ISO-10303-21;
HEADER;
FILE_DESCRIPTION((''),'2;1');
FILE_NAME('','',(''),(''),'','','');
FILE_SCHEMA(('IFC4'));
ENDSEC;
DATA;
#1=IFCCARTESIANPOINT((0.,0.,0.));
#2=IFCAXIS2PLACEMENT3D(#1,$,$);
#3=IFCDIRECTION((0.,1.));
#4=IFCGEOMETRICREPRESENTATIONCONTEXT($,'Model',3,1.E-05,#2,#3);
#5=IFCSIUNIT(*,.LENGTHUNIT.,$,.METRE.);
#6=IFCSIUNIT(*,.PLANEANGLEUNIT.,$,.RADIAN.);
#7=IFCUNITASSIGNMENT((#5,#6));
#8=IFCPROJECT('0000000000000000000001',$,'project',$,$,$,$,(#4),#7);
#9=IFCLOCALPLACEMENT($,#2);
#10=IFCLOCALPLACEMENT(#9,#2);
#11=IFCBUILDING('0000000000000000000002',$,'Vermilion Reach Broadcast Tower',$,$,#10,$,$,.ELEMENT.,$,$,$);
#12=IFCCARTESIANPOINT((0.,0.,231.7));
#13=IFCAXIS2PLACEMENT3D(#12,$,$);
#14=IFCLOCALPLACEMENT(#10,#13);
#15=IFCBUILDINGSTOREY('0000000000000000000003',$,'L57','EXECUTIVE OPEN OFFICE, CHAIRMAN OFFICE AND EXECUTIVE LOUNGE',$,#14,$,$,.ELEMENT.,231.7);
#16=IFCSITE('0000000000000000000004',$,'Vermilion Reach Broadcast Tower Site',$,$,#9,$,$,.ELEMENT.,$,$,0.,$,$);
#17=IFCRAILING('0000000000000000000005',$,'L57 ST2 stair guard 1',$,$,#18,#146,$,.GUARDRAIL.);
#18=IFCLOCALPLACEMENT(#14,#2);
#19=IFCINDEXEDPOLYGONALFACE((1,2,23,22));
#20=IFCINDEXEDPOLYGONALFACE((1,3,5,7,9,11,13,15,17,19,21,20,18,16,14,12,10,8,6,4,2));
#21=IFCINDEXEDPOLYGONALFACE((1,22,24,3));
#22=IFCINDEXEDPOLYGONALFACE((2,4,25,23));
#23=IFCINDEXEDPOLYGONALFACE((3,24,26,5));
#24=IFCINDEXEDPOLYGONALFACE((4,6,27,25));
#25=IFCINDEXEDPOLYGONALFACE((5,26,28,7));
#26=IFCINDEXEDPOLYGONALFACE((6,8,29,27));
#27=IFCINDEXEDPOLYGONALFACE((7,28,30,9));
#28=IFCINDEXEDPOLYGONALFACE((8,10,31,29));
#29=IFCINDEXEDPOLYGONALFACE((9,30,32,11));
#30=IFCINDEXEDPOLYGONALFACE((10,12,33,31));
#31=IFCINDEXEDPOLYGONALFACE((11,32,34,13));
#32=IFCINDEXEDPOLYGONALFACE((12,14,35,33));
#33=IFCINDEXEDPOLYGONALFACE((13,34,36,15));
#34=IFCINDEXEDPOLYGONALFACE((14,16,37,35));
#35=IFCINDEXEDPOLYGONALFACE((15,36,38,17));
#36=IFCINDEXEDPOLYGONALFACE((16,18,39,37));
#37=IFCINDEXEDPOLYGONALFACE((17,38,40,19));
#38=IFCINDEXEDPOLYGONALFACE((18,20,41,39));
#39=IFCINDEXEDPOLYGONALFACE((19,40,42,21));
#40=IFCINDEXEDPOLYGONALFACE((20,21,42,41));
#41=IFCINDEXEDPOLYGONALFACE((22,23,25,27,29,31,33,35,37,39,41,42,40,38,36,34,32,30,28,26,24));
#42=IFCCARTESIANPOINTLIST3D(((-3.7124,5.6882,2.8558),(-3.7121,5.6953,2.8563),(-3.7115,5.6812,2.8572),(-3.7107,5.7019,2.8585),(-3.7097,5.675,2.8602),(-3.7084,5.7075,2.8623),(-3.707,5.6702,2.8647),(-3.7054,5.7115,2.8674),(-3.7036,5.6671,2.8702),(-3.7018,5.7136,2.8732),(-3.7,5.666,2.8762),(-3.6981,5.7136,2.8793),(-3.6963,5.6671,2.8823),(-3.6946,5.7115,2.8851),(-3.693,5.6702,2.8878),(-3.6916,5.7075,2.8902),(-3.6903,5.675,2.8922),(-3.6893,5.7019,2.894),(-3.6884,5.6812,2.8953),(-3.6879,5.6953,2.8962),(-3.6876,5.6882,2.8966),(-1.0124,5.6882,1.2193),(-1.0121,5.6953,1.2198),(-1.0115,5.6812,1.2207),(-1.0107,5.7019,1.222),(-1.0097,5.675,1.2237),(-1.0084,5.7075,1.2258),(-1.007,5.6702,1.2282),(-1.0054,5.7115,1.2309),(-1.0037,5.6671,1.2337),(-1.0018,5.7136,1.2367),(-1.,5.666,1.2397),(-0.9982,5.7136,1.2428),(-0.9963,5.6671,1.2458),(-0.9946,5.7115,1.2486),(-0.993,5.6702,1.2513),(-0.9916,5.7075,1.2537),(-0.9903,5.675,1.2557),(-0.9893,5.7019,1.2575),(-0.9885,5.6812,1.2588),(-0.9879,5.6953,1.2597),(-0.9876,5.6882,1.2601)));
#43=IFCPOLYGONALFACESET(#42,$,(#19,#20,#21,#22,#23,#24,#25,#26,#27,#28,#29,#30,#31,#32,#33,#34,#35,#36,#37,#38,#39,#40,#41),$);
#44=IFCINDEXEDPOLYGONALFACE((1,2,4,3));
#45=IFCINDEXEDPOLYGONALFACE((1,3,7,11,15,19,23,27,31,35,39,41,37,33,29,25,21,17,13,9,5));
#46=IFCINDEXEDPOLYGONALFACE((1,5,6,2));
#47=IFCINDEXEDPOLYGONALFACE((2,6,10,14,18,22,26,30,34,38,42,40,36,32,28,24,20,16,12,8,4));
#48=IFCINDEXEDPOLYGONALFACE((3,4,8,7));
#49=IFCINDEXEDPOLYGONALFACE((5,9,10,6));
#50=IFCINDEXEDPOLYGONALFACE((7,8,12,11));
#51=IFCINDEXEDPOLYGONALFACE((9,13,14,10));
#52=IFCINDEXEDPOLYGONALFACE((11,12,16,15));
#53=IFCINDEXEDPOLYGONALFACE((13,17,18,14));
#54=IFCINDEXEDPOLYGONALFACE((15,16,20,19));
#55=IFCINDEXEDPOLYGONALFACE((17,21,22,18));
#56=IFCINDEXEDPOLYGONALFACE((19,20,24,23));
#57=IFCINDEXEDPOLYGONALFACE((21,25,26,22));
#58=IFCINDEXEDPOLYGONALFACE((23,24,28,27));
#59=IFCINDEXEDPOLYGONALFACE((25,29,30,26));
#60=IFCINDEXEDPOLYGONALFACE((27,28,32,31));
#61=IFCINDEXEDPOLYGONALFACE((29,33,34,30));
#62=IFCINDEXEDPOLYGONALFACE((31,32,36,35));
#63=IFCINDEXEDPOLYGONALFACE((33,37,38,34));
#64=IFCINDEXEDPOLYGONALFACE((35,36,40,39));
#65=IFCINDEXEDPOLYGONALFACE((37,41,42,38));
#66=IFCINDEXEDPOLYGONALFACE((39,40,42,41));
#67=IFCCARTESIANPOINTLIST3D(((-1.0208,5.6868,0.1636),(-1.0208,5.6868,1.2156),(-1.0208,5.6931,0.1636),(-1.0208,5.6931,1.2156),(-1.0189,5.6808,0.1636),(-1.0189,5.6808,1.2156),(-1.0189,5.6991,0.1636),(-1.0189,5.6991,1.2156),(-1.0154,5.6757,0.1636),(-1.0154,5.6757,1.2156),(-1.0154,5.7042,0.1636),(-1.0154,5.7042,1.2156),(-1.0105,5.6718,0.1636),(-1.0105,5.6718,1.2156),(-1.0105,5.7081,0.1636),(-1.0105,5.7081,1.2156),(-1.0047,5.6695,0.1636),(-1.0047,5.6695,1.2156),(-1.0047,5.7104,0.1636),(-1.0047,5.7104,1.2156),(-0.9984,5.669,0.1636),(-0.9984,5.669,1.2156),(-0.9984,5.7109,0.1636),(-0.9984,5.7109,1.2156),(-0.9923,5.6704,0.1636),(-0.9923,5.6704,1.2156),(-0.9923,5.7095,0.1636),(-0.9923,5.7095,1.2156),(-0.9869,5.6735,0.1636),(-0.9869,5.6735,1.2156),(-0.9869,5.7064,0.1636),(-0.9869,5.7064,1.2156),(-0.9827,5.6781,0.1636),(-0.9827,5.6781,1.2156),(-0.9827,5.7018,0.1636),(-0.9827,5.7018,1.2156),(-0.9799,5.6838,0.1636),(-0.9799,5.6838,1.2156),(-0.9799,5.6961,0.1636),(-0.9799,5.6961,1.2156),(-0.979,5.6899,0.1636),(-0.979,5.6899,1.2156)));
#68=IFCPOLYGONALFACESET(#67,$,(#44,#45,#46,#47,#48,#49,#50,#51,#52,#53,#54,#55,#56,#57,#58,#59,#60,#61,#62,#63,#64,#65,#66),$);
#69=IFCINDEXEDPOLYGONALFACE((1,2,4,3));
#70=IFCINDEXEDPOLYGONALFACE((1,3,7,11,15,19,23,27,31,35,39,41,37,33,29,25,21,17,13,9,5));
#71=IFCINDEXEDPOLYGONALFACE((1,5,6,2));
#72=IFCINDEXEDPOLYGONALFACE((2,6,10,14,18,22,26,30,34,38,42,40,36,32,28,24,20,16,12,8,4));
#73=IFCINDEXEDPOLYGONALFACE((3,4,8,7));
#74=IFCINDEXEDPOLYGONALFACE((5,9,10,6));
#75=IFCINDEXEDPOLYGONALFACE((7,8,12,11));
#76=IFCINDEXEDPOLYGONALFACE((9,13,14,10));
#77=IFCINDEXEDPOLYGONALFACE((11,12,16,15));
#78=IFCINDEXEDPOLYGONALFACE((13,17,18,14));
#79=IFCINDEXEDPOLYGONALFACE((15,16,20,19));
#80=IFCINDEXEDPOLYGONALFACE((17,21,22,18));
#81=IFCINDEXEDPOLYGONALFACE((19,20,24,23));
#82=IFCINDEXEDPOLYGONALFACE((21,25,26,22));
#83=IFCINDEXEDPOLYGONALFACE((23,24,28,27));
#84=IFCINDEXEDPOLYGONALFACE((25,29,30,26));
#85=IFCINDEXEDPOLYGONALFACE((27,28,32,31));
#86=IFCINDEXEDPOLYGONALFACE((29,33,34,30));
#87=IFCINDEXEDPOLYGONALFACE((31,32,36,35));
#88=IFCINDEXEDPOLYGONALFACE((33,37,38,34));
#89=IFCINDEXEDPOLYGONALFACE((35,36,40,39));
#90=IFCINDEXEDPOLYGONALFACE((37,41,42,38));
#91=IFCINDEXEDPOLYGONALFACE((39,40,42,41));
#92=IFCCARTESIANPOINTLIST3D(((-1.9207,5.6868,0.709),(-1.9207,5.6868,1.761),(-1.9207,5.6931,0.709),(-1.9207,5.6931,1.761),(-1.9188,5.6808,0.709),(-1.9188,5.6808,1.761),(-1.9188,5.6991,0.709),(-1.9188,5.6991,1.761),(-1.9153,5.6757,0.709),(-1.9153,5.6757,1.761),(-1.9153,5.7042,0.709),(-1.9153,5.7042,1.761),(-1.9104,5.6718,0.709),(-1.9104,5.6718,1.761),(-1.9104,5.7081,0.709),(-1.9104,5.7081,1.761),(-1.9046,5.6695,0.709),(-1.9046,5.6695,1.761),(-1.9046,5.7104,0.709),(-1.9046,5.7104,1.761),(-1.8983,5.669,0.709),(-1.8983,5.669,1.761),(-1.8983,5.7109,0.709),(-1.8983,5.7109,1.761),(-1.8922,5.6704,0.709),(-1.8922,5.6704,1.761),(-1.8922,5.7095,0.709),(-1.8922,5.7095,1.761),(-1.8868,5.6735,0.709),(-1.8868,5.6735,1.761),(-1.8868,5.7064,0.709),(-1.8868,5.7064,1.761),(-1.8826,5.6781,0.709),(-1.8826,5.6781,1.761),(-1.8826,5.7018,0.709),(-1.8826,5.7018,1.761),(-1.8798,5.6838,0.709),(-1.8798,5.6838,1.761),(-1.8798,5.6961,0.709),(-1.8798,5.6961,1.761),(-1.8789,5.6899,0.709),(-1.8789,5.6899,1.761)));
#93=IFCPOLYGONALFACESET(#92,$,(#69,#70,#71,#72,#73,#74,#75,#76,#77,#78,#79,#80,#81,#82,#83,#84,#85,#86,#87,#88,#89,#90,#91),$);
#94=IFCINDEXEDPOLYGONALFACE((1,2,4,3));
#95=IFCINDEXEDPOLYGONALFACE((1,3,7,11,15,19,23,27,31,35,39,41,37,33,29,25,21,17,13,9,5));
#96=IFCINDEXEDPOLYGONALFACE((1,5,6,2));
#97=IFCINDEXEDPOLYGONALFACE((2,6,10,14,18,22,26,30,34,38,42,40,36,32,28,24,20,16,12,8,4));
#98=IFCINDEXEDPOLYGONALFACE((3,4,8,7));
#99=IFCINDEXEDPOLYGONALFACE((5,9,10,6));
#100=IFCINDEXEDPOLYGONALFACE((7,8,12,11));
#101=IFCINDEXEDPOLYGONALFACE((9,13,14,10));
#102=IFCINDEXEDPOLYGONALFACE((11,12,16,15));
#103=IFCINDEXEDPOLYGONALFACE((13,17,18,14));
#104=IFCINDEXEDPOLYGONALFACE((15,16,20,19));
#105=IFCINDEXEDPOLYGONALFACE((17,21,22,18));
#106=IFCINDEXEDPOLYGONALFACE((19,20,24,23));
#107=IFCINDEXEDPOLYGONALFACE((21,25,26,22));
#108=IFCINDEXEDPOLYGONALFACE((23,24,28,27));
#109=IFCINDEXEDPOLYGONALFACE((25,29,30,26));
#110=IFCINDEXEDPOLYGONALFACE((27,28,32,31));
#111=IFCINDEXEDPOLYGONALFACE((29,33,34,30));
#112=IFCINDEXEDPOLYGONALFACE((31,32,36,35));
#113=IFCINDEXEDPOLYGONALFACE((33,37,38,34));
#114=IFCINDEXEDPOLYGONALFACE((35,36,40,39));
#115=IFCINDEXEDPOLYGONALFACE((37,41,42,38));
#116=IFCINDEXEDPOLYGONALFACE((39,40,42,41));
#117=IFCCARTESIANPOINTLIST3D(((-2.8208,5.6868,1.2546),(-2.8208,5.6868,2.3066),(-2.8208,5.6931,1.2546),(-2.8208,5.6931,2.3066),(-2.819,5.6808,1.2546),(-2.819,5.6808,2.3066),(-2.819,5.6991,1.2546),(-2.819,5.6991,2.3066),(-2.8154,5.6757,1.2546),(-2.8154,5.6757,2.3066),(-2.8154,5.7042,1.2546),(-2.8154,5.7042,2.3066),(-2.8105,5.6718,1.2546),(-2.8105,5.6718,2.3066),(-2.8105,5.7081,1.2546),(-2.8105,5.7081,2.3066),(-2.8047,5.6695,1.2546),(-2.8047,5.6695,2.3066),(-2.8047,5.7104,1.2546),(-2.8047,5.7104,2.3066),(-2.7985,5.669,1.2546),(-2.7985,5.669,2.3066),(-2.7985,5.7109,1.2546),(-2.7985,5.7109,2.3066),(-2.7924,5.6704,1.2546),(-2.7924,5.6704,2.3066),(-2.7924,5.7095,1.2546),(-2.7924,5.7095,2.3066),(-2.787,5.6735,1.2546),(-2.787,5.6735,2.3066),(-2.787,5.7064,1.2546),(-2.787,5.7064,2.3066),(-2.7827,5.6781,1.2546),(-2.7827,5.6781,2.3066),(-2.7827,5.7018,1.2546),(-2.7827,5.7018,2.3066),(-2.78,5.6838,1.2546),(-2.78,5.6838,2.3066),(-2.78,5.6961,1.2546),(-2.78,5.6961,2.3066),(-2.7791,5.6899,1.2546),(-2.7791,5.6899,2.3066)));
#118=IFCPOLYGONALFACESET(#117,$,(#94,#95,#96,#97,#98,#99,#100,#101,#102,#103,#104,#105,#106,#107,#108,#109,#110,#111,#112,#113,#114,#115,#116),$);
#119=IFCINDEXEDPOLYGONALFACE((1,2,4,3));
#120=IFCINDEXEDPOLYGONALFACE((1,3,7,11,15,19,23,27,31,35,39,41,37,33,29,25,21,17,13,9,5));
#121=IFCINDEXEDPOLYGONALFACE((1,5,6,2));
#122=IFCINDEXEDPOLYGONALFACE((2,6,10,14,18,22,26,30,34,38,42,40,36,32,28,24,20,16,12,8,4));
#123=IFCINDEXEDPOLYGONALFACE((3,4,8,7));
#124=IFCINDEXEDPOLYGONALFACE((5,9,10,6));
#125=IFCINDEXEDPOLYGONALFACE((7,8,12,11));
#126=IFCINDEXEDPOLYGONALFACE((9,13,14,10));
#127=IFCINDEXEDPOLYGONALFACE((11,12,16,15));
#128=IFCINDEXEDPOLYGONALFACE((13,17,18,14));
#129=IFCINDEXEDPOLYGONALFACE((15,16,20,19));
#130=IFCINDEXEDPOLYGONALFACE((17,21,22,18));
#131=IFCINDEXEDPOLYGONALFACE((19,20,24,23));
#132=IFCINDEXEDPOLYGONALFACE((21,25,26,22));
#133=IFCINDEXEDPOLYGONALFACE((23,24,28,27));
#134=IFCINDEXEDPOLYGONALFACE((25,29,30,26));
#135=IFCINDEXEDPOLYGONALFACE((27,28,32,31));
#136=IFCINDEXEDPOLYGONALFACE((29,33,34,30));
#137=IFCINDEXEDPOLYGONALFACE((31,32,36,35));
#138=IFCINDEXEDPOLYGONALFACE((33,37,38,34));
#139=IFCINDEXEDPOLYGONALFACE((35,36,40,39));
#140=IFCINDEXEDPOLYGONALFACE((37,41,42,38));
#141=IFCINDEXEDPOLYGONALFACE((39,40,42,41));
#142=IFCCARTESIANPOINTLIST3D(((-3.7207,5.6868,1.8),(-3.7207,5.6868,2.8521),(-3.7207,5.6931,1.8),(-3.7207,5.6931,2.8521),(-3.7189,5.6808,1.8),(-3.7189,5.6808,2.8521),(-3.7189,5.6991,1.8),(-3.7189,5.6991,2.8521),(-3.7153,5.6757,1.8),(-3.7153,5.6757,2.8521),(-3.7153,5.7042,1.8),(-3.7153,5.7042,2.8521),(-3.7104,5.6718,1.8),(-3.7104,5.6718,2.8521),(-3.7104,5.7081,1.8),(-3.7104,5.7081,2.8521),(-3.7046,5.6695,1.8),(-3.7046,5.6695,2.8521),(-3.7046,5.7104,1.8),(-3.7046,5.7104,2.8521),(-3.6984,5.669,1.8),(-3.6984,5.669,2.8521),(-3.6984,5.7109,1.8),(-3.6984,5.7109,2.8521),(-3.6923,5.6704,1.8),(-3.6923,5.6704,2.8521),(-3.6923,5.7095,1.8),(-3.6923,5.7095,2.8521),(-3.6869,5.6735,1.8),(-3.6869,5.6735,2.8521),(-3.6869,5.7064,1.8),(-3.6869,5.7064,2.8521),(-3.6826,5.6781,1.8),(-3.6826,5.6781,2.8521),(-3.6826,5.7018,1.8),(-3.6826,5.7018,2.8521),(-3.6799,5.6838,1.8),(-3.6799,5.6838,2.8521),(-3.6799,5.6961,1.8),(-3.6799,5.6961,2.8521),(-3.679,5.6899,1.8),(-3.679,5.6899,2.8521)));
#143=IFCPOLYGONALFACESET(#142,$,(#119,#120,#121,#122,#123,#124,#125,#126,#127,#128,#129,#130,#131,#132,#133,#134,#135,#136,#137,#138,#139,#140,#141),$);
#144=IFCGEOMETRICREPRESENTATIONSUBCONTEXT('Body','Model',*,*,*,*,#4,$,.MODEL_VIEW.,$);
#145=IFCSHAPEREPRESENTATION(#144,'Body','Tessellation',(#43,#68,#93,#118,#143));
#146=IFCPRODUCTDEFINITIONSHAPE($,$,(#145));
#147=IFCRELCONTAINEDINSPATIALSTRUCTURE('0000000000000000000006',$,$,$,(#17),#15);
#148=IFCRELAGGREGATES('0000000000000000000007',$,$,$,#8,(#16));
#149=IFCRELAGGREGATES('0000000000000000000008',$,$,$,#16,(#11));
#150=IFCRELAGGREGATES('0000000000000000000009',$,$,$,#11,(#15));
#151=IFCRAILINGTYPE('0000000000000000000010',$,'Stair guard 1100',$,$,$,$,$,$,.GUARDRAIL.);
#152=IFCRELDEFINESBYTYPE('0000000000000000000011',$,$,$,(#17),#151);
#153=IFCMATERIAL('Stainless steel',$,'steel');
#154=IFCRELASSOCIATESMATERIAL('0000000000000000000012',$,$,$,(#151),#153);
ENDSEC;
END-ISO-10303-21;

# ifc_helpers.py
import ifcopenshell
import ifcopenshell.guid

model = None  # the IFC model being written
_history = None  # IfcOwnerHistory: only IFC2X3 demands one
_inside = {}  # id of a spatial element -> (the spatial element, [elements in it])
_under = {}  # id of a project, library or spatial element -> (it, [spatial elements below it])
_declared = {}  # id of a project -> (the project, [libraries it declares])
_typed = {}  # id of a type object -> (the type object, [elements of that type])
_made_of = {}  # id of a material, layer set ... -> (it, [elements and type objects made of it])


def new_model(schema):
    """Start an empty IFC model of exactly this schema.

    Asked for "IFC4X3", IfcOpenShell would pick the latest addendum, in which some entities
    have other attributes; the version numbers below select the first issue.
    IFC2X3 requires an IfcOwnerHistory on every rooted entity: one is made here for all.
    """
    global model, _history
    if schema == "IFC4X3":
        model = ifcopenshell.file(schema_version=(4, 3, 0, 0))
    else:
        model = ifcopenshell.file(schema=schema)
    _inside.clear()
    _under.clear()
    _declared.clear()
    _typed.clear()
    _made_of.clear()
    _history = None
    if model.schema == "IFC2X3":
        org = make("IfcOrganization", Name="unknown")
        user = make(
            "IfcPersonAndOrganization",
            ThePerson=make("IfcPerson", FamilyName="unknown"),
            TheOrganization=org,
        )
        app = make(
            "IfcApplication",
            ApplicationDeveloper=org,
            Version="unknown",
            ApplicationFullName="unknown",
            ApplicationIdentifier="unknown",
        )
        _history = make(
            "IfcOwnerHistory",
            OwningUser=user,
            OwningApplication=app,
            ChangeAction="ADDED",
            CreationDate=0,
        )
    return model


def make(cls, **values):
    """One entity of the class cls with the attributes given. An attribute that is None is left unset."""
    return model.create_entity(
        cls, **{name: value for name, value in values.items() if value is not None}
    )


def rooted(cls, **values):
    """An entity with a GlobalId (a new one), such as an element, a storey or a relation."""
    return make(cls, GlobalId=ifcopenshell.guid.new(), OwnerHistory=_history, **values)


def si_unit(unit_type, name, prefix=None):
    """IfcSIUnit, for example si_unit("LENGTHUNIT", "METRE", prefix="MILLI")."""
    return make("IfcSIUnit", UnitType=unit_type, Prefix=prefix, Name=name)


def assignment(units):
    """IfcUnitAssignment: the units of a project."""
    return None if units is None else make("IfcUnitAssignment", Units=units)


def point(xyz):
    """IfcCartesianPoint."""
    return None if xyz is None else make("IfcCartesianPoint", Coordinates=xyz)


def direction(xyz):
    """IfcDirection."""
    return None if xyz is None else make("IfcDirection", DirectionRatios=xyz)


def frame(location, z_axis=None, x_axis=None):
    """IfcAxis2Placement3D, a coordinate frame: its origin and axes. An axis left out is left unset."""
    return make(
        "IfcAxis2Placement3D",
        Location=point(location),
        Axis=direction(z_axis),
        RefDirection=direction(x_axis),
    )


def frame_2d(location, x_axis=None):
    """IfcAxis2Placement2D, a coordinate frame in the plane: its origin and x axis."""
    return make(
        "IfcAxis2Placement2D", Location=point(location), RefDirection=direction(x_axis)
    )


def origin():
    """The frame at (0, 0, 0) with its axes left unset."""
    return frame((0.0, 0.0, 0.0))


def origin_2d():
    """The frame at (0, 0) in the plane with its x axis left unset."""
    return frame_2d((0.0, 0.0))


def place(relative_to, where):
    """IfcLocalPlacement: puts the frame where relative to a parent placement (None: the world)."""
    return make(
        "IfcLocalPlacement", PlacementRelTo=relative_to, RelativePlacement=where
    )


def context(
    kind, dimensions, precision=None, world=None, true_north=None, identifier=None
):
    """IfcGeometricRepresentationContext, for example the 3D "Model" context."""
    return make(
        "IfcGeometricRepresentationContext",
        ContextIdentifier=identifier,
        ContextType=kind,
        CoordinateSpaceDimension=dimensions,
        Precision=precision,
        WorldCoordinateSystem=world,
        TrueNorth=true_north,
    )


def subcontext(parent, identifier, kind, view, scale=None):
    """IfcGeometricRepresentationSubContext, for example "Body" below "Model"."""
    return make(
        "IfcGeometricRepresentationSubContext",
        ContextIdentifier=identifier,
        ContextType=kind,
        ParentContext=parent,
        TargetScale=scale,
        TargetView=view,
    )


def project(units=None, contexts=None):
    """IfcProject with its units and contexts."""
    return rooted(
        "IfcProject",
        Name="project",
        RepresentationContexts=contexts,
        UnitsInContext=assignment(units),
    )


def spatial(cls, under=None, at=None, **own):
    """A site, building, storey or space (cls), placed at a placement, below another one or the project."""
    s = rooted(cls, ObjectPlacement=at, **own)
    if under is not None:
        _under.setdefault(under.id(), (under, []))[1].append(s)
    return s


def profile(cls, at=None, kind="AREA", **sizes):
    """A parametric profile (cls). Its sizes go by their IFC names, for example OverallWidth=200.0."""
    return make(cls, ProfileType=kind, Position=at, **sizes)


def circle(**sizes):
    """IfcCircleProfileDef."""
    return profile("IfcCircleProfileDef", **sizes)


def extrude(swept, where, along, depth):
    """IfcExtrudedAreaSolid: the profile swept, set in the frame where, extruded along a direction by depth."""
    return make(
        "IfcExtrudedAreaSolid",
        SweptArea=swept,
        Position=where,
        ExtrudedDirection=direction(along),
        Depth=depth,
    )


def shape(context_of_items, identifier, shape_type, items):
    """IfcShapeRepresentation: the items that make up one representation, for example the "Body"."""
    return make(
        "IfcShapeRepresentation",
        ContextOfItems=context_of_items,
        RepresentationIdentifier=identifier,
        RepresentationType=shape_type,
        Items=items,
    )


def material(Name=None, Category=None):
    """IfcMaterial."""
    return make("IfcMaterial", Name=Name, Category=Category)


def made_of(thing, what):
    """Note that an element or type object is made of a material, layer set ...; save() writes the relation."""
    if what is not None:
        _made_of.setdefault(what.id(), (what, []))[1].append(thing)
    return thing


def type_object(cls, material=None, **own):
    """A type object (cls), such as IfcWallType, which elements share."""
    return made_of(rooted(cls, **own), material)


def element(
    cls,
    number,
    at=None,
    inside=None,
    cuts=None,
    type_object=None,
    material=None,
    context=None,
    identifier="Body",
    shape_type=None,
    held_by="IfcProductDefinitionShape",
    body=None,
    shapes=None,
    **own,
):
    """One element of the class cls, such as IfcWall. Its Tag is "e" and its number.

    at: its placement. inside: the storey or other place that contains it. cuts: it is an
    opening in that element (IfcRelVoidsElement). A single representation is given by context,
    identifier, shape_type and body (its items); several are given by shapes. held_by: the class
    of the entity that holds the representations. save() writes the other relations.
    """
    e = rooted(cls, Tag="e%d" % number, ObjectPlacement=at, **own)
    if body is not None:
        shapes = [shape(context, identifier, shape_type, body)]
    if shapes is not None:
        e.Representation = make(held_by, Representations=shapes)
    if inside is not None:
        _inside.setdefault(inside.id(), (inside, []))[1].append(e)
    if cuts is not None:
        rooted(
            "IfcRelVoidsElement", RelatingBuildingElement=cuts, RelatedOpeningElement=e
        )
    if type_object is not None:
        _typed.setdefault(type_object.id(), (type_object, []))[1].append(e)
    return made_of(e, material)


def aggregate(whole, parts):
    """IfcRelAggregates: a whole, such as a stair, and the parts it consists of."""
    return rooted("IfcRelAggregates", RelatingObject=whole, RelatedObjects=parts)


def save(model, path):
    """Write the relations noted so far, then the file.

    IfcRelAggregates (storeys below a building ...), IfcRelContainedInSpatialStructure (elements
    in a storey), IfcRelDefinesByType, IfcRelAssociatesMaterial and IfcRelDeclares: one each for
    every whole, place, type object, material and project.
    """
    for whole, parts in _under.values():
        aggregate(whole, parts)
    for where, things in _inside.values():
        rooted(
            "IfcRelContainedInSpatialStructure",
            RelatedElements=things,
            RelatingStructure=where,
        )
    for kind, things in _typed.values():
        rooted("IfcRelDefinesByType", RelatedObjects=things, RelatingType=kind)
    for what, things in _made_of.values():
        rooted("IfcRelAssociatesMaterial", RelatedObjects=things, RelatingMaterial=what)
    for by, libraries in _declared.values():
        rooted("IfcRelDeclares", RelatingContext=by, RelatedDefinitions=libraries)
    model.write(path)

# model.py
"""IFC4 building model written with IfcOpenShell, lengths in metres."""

from ifc_helpers import new_model, si_unit, direction, frame, origin, origin_2d, place, context, subcontext, project, spatial, circle, extrude, material, type_object, element, save


model = new_model("IFC4")

# Units and contexts
model_context = context("Model", 3, precision=1e-05, world=origin(), true_north=direction((0.0, 1.0)))
body_context = subcontext(model_context, "Body", "Model", "MODEL_VIEW")
ifc_project = project(units=[si_unit("LENGTHUNIT", "METRE"), si_unit("PLANEANGLEUNIT", "RADIAN")], contexts=[model_context])

# Site, building, storey
site_placement = place(None, origin())
site = spatial("IfcSite", under=ifc_project, at=site_placement, Name="Vermilion Reach Broadcast Tower Site", CompositionType="ELEMENT", RefElevation=0.0)
building_placement = place(site_placement, origin())
building = spatial("IfcBuilding", under=site, at=building_placement, Name="Vermilion Reach Broadcast Tower", CompositionType="ELEMENT")
storey_placement = place(building_placement, frame((0.0, 0.0, 231.7)))
storey = spatial("IfcBuildingStorey", under=building, at=storey_placement, Name="L57", Description="EXECUTIVE OPEN OFFICE, CHAIRMAN OFFICE AND EXECUTIVE LOUNGE", CompositionType="ELEMENT", Elevation=231.7)

# Railing
ifc_material_1 = material(Name="Stainless steel", Category="steel")
railing_type_1 = type_object("IfcRailingType", Name="Stair guard 1100", PredefinedType="GUARDRAIL", material=ifc_material_1)
railing_1_placement = place(storey_placement, frame((-1.0, 5.6899, 0.1636)))
element("IfcRailing", 1, at=railing_1_placement, inside=storey, type_object=railing_type_1, Name="L57 ST2 stair guard 1", PredefinedType="GUARDRAIL", context=body_context, shape_type="SweptSolid", body=[
    extrude(circle(Radius=0.0239, at=origin_2d()), frame((0.0, 0.0, 1.0762), z_axis=(-0.855178, 0.0, 0.518334), x_axis=(0.0, -1.0, 0.0)), (0.0, 0.0, 1.0), 3.1572),
    extrude(circle(Radius=0.021, at=origin_2d()), origin(), (0.0, 0.0, 1.0), 1.052),
    extrude(circle(Radius=0.021, at=origin_2d()), frame((-0.8999, 0.0, 0.5454)), (0.0, 0.0, 1.0), 1.052),
    extrude(circle(Radius=0.021, at=origin_2d()), frame((-1.8, 0.0, 1.0911)), (0.0, 0.0, 1.0), 1.052),
    extrude(circle(Radius=0.021, at=origin_2d()), frame((-2.7, 0.0, 1.6365)), (0.0, 0.0, 1.0), 1.052),
])

save(model, "model.ifc")
